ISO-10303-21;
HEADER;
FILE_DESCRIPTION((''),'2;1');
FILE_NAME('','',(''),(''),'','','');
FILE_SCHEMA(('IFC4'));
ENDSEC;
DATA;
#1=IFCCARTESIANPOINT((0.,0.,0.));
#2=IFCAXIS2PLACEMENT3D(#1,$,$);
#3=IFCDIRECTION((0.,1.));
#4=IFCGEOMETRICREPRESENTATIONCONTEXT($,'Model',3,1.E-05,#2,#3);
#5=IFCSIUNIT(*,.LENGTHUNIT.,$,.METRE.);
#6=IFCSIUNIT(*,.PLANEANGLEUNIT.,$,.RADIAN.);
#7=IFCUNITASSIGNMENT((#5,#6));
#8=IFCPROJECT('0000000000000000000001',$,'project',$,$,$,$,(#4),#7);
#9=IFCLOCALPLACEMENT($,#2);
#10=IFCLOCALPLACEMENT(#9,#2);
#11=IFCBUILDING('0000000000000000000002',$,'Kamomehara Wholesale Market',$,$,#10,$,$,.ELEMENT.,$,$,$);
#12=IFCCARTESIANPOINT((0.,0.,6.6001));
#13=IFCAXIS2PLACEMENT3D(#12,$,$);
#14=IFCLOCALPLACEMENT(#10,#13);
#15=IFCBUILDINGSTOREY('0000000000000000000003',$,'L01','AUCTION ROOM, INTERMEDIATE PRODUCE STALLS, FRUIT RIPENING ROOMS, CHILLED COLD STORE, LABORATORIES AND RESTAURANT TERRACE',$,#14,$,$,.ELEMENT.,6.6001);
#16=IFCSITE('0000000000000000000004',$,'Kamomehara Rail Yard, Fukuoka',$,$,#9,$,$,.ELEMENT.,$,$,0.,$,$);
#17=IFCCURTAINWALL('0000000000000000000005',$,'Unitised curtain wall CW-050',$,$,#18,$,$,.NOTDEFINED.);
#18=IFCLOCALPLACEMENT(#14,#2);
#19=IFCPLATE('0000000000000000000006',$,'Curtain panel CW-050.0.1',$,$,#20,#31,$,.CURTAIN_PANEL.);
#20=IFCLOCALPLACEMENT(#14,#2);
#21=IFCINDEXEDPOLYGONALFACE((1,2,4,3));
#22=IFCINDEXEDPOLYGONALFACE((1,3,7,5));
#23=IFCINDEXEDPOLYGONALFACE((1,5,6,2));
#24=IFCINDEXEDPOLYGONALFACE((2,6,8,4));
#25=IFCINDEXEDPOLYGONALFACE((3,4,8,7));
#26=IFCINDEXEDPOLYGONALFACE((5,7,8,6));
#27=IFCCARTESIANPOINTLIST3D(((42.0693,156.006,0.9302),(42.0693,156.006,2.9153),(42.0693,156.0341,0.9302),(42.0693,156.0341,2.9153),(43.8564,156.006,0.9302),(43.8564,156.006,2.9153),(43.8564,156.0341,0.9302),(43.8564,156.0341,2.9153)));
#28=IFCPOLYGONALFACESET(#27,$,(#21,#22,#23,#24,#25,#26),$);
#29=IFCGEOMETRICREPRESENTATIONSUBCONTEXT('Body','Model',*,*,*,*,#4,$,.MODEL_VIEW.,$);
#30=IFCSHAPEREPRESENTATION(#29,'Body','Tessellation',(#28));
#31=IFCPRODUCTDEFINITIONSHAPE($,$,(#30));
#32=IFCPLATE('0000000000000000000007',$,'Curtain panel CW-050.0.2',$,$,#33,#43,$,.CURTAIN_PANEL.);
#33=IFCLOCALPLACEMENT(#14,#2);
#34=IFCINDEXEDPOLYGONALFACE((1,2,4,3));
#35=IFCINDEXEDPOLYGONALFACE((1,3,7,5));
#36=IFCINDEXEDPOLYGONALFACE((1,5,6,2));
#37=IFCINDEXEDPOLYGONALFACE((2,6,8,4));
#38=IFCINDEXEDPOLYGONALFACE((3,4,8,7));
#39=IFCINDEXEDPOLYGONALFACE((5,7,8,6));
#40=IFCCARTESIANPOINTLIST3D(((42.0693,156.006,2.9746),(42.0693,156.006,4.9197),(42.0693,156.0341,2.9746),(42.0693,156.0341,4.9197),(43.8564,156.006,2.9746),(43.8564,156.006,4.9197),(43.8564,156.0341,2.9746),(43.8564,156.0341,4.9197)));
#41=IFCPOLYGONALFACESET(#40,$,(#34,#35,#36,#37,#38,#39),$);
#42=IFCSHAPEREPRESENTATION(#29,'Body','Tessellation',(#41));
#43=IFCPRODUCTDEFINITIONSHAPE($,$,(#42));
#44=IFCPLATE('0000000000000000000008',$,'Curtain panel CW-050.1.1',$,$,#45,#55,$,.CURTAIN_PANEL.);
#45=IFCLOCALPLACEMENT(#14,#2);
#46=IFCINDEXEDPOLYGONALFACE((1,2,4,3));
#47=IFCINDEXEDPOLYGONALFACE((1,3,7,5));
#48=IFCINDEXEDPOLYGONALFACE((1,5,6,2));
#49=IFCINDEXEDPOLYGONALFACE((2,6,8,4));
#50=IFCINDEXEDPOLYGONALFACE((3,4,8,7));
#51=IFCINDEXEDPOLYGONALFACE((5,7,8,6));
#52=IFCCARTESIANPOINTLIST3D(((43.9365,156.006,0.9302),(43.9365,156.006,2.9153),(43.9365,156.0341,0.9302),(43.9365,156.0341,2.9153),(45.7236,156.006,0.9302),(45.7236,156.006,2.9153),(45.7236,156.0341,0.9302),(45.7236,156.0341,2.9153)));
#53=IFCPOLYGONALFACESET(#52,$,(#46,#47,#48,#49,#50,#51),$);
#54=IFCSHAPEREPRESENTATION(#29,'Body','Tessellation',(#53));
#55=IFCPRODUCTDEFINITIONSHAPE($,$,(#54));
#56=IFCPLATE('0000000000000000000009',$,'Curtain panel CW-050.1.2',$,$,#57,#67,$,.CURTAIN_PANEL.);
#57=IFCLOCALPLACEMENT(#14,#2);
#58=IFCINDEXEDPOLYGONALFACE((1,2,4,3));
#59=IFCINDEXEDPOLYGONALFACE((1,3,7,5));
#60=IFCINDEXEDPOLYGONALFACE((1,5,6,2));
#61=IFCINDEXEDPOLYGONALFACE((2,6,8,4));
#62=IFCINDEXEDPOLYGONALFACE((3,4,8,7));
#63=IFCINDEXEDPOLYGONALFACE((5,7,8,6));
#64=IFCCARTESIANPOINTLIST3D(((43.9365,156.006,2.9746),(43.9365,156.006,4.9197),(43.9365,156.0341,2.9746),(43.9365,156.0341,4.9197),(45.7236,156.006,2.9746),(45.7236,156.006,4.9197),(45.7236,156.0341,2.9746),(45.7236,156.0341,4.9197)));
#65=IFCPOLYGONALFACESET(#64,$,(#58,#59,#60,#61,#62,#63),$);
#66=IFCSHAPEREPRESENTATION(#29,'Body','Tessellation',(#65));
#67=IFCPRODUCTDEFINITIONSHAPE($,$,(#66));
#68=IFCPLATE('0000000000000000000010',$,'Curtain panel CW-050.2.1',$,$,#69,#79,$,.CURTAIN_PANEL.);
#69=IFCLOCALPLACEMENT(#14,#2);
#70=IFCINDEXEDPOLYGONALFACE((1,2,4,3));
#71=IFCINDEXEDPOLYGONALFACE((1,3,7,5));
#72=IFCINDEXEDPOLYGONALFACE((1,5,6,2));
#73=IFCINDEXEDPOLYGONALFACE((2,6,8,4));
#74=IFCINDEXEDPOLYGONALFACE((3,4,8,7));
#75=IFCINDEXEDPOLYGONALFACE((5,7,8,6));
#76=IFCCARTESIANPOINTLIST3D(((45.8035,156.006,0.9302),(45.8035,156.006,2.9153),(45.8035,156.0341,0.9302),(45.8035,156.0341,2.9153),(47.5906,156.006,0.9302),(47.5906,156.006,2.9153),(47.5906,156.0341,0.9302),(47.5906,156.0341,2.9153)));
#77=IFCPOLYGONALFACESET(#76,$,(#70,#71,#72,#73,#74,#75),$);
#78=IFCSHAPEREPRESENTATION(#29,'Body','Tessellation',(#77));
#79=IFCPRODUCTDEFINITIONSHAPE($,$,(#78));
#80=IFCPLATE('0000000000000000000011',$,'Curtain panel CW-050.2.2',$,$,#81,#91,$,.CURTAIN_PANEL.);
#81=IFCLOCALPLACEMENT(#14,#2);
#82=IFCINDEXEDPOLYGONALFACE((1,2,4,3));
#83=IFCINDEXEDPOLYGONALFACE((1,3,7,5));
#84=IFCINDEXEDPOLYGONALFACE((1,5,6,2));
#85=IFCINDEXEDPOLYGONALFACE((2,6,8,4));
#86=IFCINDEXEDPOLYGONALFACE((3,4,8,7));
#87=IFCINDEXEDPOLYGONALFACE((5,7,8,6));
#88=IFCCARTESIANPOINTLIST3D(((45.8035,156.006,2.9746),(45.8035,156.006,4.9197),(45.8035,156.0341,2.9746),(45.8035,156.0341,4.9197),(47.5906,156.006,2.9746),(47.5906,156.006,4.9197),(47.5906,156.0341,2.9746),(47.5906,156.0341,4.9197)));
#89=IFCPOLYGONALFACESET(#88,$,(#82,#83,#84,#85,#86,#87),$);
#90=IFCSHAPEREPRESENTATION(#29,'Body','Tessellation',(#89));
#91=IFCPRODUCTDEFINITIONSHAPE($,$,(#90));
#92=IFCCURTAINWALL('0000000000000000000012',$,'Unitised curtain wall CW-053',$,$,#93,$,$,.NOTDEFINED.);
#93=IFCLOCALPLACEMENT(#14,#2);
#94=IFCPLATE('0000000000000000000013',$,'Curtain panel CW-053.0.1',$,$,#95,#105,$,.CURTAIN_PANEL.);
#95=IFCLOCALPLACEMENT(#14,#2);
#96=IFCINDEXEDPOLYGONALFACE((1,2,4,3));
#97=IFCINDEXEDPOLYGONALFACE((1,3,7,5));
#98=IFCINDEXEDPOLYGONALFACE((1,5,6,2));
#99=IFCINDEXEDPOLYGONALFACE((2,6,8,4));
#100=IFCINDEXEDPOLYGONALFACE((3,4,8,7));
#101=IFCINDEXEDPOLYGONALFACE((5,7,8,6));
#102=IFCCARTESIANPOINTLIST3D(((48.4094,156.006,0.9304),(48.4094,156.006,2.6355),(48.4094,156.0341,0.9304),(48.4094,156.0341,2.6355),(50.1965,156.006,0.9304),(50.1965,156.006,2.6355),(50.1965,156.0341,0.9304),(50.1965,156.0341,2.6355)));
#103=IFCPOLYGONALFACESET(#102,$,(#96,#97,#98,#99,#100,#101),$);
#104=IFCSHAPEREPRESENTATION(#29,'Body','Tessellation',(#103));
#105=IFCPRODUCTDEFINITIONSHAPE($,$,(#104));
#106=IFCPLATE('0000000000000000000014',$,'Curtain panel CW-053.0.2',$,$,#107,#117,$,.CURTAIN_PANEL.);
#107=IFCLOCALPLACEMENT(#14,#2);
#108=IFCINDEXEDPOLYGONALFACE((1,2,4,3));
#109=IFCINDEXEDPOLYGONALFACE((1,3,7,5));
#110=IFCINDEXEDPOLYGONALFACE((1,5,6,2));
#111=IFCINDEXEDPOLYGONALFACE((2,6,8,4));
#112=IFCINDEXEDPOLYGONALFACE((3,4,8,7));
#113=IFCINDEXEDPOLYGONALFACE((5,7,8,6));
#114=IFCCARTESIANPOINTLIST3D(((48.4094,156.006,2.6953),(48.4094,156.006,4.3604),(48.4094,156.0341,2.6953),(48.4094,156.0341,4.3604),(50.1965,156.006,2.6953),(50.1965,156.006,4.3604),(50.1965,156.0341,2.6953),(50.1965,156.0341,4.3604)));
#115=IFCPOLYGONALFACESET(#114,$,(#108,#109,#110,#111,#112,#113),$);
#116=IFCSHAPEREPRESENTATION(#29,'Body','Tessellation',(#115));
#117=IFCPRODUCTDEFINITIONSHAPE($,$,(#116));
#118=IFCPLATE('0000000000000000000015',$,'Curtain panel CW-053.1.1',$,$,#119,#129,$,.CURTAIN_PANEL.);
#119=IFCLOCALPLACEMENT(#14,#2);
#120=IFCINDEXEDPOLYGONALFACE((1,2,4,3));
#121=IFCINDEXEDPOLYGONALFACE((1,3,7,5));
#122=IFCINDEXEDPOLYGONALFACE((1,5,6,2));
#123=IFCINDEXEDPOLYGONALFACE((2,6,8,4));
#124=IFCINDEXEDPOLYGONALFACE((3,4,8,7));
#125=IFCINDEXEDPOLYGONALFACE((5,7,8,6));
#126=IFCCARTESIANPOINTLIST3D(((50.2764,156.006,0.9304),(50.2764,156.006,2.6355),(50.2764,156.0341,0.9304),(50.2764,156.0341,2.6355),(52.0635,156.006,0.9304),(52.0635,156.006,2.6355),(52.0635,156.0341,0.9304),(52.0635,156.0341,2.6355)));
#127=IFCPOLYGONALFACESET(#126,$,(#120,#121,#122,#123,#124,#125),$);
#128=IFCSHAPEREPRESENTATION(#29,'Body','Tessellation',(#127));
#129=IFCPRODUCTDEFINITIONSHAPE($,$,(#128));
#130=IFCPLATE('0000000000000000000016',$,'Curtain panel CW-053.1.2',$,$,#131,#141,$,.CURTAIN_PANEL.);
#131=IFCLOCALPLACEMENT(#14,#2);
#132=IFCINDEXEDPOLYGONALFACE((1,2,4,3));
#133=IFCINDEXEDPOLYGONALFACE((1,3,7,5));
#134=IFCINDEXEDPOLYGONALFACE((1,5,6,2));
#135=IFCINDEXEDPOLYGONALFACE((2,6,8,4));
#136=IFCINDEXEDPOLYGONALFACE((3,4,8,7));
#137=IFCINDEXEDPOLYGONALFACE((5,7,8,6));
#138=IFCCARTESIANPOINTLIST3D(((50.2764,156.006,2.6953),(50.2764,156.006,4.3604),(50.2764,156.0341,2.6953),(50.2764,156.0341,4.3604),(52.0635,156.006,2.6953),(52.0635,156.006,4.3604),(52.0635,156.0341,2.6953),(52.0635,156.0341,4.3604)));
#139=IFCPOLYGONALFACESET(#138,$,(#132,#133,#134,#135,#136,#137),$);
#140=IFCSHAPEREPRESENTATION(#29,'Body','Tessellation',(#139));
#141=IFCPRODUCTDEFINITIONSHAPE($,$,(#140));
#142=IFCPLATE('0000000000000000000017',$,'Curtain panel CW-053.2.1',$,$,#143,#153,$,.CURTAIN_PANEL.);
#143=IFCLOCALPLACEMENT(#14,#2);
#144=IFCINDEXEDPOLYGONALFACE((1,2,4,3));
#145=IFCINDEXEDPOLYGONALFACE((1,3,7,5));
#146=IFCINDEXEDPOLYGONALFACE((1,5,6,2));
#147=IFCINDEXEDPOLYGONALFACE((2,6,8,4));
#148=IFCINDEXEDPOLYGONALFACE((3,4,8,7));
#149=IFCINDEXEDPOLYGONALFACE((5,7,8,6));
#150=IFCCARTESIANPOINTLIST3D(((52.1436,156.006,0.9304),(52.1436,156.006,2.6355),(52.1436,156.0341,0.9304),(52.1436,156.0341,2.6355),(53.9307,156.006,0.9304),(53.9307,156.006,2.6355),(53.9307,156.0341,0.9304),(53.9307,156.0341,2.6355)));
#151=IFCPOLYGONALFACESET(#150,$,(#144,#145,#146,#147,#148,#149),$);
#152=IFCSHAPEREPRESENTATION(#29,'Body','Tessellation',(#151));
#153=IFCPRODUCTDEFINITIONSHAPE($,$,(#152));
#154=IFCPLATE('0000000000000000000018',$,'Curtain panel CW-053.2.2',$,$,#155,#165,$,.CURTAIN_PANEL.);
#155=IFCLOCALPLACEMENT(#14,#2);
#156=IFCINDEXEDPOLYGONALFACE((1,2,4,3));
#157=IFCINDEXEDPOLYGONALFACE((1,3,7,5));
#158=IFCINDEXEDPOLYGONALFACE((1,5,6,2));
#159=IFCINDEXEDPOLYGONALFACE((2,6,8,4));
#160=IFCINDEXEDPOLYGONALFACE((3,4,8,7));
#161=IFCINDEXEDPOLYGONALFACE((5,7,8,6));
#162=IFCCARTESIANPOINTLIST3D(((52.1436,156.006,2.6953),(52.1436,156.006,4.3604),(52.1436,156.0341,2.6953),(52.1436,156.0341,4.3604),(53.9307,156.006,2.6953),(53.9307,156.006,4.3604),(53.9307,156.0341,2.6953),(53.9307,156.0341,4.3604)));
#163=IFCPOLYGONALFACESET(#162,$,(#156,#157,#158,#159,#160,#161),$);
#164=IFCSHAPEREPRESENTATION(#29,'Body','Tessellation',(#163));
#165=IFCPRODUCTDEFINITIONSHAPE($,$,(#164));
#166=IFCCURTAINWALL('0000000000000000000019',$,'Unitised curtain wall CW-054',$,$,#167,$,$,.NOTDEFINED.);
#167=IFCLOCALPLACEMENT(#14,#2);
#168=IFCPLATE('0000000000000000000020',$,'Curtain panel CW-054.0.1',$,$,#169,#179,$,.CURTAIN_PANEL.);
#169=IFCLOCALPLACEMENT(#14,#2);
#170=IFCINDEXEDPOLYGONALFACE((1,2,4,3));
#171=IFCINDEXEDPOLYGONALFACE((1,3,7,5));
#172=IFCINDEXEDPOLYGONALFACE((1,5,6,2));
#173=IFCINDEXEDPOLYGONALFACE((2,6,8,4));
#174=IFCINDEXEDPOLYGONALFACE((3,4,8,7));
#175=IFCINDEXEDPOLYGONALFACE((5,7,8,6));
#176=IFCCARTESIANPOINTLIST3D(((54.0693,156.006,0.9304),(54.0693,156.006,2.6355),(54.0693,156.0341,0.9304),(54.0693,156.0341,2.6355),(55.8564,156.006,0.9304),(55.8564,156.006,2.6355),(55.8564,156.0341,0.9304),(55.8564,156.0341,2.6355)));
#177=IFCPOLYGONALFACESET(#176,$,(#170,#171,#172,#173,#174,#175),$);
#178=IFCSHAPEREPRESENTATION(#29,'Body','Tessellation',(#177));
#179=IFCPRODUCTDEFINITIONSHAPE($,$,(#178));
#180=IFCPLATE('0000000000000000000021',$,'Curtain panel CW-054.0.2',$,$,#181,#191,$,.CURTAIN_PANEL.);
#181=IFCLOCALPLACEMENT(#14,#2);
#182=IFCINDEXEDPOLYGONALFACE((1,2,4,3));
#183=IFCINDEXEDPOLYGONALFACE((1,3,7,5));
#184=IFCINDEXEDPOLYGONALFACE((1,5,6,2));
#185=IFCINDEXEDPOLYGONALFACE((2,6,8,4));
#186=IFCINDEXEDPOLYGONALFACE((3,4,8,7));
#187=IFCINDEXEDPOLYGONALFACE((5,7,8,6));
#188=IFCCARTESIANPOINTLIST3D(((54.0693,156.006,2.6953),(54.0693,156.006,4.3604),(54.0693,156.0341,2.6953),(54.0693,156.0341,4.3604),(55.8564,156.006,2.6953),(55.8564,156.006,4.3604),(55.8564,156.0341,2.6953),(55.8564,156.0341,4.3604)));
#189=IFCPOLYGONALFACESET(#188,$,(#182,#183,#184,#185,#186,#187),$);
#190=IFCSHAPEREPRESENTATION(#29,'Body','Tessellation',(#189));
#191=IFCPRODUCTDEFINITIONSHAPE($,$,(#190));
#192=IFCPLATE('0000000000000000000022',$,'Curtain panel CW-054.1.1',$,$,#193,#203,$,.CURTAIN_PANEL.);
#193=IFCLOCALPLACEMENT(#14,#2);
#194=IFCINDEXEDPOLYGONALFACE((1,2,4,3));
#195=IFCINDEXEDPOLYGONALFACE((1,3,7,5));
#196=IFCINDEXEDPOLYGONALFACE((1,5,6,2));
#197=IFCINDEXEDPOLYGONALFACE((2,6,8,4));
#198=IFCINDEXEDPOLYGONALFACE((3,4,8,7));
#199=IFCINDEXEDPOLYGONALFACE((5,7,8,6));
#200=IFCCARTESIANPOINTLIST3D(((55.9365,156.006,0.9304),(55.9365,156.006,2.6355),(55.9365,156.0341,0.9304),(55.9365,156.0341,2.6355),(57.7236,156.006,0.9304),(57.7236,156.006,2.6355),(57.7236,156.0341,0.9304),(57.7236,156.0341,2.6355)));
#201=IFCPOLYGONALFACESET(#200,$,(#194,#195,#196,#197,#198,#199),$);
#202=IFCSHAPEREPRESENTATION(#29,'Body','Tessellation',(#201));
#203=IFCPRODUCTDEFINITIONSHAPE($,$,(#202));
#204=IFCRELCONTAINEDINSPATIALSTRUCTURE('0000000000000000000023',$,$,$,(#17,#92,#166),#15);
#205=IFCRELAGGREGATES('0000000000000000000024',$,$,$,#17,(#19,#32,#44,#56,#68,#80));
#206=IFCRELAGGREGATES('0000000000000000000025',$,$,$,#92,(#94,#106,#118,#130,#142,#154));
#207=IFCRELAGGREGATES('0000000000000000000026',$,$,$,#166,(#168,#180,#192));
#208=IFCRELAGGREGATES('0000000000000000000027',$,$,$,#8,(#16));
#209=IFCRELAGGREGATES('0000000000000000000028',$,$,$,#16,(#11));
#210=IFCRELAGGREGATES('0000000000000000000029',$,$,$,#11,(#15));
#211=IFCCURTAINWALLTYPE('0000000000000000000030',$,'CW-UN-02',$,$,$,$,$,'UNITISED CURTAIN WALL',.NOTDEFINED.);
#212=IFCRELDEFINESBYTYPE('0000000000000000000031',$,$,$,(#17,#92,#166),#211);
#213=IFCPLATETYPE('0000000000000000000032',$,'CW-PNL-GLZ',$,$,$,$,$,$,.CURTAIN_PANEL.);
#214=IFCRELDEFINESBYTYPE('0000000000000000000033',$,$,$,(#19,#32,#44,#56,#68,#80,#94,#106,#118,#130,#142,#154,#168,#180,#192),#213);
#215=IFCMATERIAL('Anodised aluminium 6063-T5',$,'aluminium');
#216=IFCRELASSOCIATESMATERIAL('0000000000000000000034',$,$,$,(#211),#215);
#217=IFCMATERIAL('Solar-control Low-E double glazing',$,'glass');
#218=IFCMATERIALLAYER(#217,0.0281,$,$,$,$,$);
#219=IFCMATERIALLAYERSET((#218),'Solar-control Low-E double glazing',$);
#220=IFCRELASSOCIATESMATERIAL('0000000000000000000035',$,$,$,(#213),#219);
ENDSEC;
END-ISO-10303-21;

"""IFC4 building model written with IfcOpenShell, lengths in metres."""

from ifc_helpers import new_model, si_unit, direction, frame, origin, origin_2d, place, context, subcontext, project, spatial, rectangle, extrude, material, layer, layer_set, type_object, element, aggregate, save


model = new_model("IFC4")

# Units and contexts
model_context = context("Model", 3, precision=1e-05, world=origin(), true_north=direction((0.0, 1.0)))
body_context = subcontext(model_context, "Body", "Model", "MODEL_VIEW")
ifc_project = project(units=[si_unit("LENGTHUNIT", "METRE"), si_unit("PLANEANGLEUNIT", "RADIAN")], contexts=[model_context])

# Site, building, storey
site_placement = place(None, origin())
site = spatial("IfcSite", under=ifc_project, at=site_placement, Name="Kamomehara Rail Yard, Fukuoka", CompositionType="ELEMENT", RefElevation=0.0)
building_placement = place(site_placement, origin())
building = spatial("IfcBuilding", under=site, at=building_placement, Name="Kamomehara Wholesale Market", CompositionType="ELEMENT")
storey_placement = place(building_placement, frame((0.0, 0.0, 6.6001)))
storey = spatial("IfcBuildingStorey", under=building, at=storey_placement, Name="L01", Description="AUCTION ROOM, INTERMEDIATE PRODUCE STALLS, FRUIT RIPENING ROOMS, CHILLED COLD STORE, LABORATORIES AND RESTAURANT TERRACE", CompositionType="ELEMENT", Elevation=6.6001)

# Curtain walls, plates
ifc_material_1 = material(Name="Anodised aluminium 6063-T5", Category="aluminium")
curtain_wall_type = type_object("IfcCurtainWallType", Name="CW-UN-02", ElementType="UNITISED CURTAIN WALL", PredefinedType="NOTDEFINED", material=ifc_material_1)
curtain_wall_1_placement = place(storey_placement, origin())
curtain_wall_1 = element("IfcCurtainWall", 1, at=curtain_wall_1_placement, inside=storey, type_object=curtain_wall_type, Name="Unitised curtain wall CW-050", PredefinedType="NOTDEFINED")
ifc_material_2 = material(Name="Solar-control Low-E double glazing", Category="glass")
ifc_layer_1 = layer(ifc_material_2, 0.0281)
ifc_layer_set_1 = layer_set([ifc_layer_1], Name="Solar-control Low-E double glazing")
plate_type_1 = type_object("IfcPlateType", Name="CW-PNL-GLZ", PredefinedType="CURTAIN_PANEL", material=ifc_layer_set_1)
plate_1_placement = place(storey_placement, frame((42.9629, 156.02, 0.9302), z_axis=(0.0, 0.0, 1.0), x_axis=(1.0, 0.0, 0.0)))
plate_1 = element("IfcPlate", 2, at=plate_1_placement, type_object=plate_type_1, Name="Curtain panel CW-050.0.1", PredefinedType="CURTAIN_PANEL", context=body_context, shape_type="SweptSolid", body=[
    extrude(rectangle(XDim=1.7871, YDim=0.0281, at=origin_2d()), origin(), (0.0, 0.0, 1.0), 1.9851),
])
plate_2_placement = place(storey_placement, frame((42.9629, 156.02, 2.9746), z_axis=(0.0, 0.0, 1.0), x_axis=(1.0, 0.0, 0.0)))
plate_2 = element("IfcPlate", 3, at=plate_2_placement, type_object=plate_type_1, Name="Curtain panel CW-050.0.2", PredefinedType="CURTAIN_PANEL", context=body_context, shape_type="SweptSolid", body=[
    extrude(rectangle(XDim=1.7871, YDim=0.0281, at=origin_2d()), origin(), (0.0, 0.0, 1.0), 1.9451),
])
plate_3_placement = place(storey_placement, frame((44.8301, 156.02, 0.9302), z_axis=(0.0, 0.0, 1.0), x_axis=(1.0, 0.0, 0.0)))
plate_3 = element("IfcPlate", 4, at=plate_3_placement, type_object=plate_type_1, Name="Curtain panel CW-050.1.1", PredefinedType="CURTAIN_PANEL", context=body_context, shape_type="SweptSolid", body=[
    extrude(rectangle(XDim=1.7871, YDim=0.0281, at=origin_2d()), origin(), (0.0, 0.0, 1.0), 1.9851),
])
plate_4_placement = place(storey_placement, frame((44.8301, 156.02, 2.9746), z_axis=(0.0, 0.0, 1.0), x_axis=(1.0, 0.0, 0.0)))
plate_4 = element("IfcPlate", 5, at=plate_4_placement, type_object=plate_type_1, Name="Curtain panel CW-050.1.2", PredefinedType="CURTAIN_PANEL", context=body_context, shape_type="SweptSolid", body=[
    extrude(rectangle(XDim=1.7871, YDim=0.0281, at=origin_2d()), origin(), (0.0, 0.0, 1.0), 1.9451),
])
plate_5_placement = place(storey_placement, frame((46.697, 156.02, 0.9302), z_axis=(0.0, 0.0, 1.0), x_axis=(1.0, 0.0, 0.0)))
plate_5 = element("IfcPlate", 6, at=plate_5_placement, type_object=plate_type_1, Name="Curtain panel CW-050.2.1", PredefinedType="CURTAIN_PANEL", context=body_context, shape_type="SweptSolid", body=[
    extrude(rectangle(XDim=1.7871, YDim=0.0281, at=origin_2d()), origin(), (0.0, 0.0, 1.0), 1.9851),
])
plate_6_placement = place(storey_placement, frame((46.697, 156.02, 2.9746), z_axis=(0.0, 0.0, 1.0), x_axis=(1.0, 0.0, 0.0)))
plate_6 = element("IfcPlate", 7, at=plate_6_placement, type_object=plate_type_1, Name="Curtain panel CW-050.2.2", PredefinedType="CURTAIN_PANEL", context=body_context, shape_type="SweptSolid", body=[
    extrude(rectangle(XDim=1.7871, YDim=0.0281, at=origin_2d()), origin(), (0.0, 0.0, 1.0), 1.9451),
])
curtain_wall_2_placement = place(storey_placement, origin())
curtain_wall_2 = element("IfcCurtainWall", 8, at=curtain_wall_2_placement, inside=storey, type_object=curtain_wall_type, Name="Unitised curtain wall CW-053", PredefinedType="NOTDEFINED")
plate_7_placement = place(storey_placement, frame((49.303, 156.02, 0.9304), z_axis=(0.0, 0.0, 1.0), x_axis=(1.0, 0.0, 0.0)))
plate_7 = element("IfcPlate", 9, at=plate_7_placement, type_object=plate_type_1, Name="Curtain panel CW-053.0.1", PredefinedType="CURTAIN_PANEL", context=body_context, shape_type="SweptSolid", body=[
    extrude(rectangle(XDim=1.7871, YDim=0.0281, at=origin_2d()), origin(), (0.0, 0.0, 1.0), 1.7051),
])
plate_8_placement = place(storey_placement, frame((49.303, 156.02, 2.6953), z_axis=(0.0, 0.0, 1.0), x_axis=(1.0, 0.0, 0.0)))
plate_8 = element("IfcPlate", 10, at=plate_8_placement, type_object=plate_type_1, Name="Curtain panel CW-053.0.2", PredefinedType="CURTAIN_PANEL", context=body_context, shape_type="SweptSolid", body=[
    extrude(rectangle(XDim=1.7871, YDim=0.0281, at=origin_2d()), origin(), (0.0, 0.0, 1.0), 1.665),
])
plate_9_placement = place(storey_placement, frame((51.1699, 156.02, 0.9304), z_axis=(0.0, 0.0, 1.0), x_axis=(1.0, 0.0, 0.0)))
plate_9 = element("IfcPlate", 11, at=plate_9_placement, type_object=plate_type_1, Name="Curtain panel CW-053.1.1", PredefinedType="CURTAIN_PANEL", context=body_context, shape_type="SweptSolid", body=[
    extrude(rectangle(XDim=1.7871, YDim=0.0281, at=origin_2d()), origin(), (0.0, 0.0, 1.0), 1.7051),
])
plate_10_placement = place(storey_placement, frame((51.1699, 156.02, 2.6953), z_axis=(0.0, 0.0, 1.0), x_axis=(1.0, 0.0, 0.0)))
plate_10 = element("IfcPlate", 12, at=plate_10_placement, type_object=plate_type_1, Name="Curtain panel CW-053.1.2", PredefinedType="CURTAIN_PANEL", context=body_context, shape_type="SweptSolid", body=[
    extrude(rectangle(XDim=1.7871, YDim=0.0281, at=origin_2d()), origin(), (0.0, 0.0, 1.0), 1.665),
])
plate_11_placement = place(storey_placement, frame((53.0371, 156.02, 0.9304), z_axis=(0.0, 0.0, 1.0), x_axis=(1.0, 0.0, 0.0)))
plate_11 = element("IfcPlate", 13, at=plate_11_placement, type_object=plate_type_1, Name="Curtain panel CW-053.2.1", PredefinedType="CURTAIN_PANEL", context=body_context, shape_type="SweptSolid", body=[
    extrude(rectangle(XDim=1.7871, YDim=0.0281, at=origin_2d()), origin(), (0.0, 0.0, 1.0), 1.7051),
])
plate_12_placement = place(storey_placement, frame((53.0371, 156.02, 2.6953), z_axis=(0.0, 0.0, 1.0), x_axis=(1.0, 0.0, 0.0)))
plate_12 = element("IfcPlate", 14, at=plate_12_placement, type_object=plate_type_1, Name="Curtain panel CW-053.2.2", PredefinedType="CURTAIN_PANEL", context=body_context, shape_type="SweptSolid", body=[
    extrude(rectangle(XDim=1.7871, YDim=0.0281, at=origin_2d()), origin(), (0.0, 0.0, 1.0), 1.665),
])
curtain_wall_3_placement = place(storey_placement, origin())
curtain_wall_3 = element("IfcCurtainWall", 15, at=curtain_wall_3_placement, inside=storey, type_object=curtain_wall_type, Name="Unitised curtain wall CW-054", PredefinedType="NOTDEFINED")
plate_13_placement = place(storey_placement, frame((54.9629, 156.02, 0.9304), z_axis=(0.0, 0.0, 1.0), x_axis=(1.0, 0.0, 0.0)))
plate_13 = element("IfcPlate", 16, at=plate_13_placement, type_object=plate_type_1, Name="Curtain panel CW-054.0.1", PredefinedType="CURTAIN_PANEL", context=body_context, shape_type="SweptSolid", body=[
    extrude(rectangle(XDim=1.7871, YDim=0.0281, at=origin_2d()), origin(), (0.0, 0.0, 1.0), 1.7051),
])
plate_14_placement = place(storey_placement, frame((54.9629, 156.02, 2.6953), z_axis=(0.0, 0.0, 1.0), x_axis=(1.0, 0.0, 0.0)))
plate_14 = element("IfcPlate", 17, at=plate_14_placement, type_object=plate_type_1, Name="Curtain panel CW-054.0.2", PredefinedType="CURTAIN_PANEL", context=body_context, shape_type="SweptSolid", body=[
    extrude(rectangle(XDim=1.7871, YDim=0.0281, at=origin_2d()), origin(), (0.0, 0.0, 1.0), 1.665),
])
plate_15_placement = place(storey_placement, frame((56.8301, 156.02, 0.9304), z_axis=(0.0, 0.0, 1.0), x_axis=(1.0, 0.0, 0.0)))
plate_15 = element("IfcPlate", 18, at=plate_15_placement, type_object=plate_type_1, Name="Curtain panel CW-054.1.1", PredefinedType="CURTAIN_PANEL", context=body_context, shape_type="SweptSolid", body=[
    extrude(rectangle(XDim=1.7871, YDim=0.0281, at=origin_2d()), origin(), (0.0, 0.0, 1.0), 1.7051),
])

aggregate(curtain_wall_1, [plate_1, plate_2, plate_3, plate_4, plate_5, plate_6])
aggregate(curtain_wall_2, [plate_7, plate_8, plate_9, plate_10, plate_11, plate_12])
aggregate(curtain_wall_3, [plate_13, plate_14, plate_15])

save(model, "model.ifc")
